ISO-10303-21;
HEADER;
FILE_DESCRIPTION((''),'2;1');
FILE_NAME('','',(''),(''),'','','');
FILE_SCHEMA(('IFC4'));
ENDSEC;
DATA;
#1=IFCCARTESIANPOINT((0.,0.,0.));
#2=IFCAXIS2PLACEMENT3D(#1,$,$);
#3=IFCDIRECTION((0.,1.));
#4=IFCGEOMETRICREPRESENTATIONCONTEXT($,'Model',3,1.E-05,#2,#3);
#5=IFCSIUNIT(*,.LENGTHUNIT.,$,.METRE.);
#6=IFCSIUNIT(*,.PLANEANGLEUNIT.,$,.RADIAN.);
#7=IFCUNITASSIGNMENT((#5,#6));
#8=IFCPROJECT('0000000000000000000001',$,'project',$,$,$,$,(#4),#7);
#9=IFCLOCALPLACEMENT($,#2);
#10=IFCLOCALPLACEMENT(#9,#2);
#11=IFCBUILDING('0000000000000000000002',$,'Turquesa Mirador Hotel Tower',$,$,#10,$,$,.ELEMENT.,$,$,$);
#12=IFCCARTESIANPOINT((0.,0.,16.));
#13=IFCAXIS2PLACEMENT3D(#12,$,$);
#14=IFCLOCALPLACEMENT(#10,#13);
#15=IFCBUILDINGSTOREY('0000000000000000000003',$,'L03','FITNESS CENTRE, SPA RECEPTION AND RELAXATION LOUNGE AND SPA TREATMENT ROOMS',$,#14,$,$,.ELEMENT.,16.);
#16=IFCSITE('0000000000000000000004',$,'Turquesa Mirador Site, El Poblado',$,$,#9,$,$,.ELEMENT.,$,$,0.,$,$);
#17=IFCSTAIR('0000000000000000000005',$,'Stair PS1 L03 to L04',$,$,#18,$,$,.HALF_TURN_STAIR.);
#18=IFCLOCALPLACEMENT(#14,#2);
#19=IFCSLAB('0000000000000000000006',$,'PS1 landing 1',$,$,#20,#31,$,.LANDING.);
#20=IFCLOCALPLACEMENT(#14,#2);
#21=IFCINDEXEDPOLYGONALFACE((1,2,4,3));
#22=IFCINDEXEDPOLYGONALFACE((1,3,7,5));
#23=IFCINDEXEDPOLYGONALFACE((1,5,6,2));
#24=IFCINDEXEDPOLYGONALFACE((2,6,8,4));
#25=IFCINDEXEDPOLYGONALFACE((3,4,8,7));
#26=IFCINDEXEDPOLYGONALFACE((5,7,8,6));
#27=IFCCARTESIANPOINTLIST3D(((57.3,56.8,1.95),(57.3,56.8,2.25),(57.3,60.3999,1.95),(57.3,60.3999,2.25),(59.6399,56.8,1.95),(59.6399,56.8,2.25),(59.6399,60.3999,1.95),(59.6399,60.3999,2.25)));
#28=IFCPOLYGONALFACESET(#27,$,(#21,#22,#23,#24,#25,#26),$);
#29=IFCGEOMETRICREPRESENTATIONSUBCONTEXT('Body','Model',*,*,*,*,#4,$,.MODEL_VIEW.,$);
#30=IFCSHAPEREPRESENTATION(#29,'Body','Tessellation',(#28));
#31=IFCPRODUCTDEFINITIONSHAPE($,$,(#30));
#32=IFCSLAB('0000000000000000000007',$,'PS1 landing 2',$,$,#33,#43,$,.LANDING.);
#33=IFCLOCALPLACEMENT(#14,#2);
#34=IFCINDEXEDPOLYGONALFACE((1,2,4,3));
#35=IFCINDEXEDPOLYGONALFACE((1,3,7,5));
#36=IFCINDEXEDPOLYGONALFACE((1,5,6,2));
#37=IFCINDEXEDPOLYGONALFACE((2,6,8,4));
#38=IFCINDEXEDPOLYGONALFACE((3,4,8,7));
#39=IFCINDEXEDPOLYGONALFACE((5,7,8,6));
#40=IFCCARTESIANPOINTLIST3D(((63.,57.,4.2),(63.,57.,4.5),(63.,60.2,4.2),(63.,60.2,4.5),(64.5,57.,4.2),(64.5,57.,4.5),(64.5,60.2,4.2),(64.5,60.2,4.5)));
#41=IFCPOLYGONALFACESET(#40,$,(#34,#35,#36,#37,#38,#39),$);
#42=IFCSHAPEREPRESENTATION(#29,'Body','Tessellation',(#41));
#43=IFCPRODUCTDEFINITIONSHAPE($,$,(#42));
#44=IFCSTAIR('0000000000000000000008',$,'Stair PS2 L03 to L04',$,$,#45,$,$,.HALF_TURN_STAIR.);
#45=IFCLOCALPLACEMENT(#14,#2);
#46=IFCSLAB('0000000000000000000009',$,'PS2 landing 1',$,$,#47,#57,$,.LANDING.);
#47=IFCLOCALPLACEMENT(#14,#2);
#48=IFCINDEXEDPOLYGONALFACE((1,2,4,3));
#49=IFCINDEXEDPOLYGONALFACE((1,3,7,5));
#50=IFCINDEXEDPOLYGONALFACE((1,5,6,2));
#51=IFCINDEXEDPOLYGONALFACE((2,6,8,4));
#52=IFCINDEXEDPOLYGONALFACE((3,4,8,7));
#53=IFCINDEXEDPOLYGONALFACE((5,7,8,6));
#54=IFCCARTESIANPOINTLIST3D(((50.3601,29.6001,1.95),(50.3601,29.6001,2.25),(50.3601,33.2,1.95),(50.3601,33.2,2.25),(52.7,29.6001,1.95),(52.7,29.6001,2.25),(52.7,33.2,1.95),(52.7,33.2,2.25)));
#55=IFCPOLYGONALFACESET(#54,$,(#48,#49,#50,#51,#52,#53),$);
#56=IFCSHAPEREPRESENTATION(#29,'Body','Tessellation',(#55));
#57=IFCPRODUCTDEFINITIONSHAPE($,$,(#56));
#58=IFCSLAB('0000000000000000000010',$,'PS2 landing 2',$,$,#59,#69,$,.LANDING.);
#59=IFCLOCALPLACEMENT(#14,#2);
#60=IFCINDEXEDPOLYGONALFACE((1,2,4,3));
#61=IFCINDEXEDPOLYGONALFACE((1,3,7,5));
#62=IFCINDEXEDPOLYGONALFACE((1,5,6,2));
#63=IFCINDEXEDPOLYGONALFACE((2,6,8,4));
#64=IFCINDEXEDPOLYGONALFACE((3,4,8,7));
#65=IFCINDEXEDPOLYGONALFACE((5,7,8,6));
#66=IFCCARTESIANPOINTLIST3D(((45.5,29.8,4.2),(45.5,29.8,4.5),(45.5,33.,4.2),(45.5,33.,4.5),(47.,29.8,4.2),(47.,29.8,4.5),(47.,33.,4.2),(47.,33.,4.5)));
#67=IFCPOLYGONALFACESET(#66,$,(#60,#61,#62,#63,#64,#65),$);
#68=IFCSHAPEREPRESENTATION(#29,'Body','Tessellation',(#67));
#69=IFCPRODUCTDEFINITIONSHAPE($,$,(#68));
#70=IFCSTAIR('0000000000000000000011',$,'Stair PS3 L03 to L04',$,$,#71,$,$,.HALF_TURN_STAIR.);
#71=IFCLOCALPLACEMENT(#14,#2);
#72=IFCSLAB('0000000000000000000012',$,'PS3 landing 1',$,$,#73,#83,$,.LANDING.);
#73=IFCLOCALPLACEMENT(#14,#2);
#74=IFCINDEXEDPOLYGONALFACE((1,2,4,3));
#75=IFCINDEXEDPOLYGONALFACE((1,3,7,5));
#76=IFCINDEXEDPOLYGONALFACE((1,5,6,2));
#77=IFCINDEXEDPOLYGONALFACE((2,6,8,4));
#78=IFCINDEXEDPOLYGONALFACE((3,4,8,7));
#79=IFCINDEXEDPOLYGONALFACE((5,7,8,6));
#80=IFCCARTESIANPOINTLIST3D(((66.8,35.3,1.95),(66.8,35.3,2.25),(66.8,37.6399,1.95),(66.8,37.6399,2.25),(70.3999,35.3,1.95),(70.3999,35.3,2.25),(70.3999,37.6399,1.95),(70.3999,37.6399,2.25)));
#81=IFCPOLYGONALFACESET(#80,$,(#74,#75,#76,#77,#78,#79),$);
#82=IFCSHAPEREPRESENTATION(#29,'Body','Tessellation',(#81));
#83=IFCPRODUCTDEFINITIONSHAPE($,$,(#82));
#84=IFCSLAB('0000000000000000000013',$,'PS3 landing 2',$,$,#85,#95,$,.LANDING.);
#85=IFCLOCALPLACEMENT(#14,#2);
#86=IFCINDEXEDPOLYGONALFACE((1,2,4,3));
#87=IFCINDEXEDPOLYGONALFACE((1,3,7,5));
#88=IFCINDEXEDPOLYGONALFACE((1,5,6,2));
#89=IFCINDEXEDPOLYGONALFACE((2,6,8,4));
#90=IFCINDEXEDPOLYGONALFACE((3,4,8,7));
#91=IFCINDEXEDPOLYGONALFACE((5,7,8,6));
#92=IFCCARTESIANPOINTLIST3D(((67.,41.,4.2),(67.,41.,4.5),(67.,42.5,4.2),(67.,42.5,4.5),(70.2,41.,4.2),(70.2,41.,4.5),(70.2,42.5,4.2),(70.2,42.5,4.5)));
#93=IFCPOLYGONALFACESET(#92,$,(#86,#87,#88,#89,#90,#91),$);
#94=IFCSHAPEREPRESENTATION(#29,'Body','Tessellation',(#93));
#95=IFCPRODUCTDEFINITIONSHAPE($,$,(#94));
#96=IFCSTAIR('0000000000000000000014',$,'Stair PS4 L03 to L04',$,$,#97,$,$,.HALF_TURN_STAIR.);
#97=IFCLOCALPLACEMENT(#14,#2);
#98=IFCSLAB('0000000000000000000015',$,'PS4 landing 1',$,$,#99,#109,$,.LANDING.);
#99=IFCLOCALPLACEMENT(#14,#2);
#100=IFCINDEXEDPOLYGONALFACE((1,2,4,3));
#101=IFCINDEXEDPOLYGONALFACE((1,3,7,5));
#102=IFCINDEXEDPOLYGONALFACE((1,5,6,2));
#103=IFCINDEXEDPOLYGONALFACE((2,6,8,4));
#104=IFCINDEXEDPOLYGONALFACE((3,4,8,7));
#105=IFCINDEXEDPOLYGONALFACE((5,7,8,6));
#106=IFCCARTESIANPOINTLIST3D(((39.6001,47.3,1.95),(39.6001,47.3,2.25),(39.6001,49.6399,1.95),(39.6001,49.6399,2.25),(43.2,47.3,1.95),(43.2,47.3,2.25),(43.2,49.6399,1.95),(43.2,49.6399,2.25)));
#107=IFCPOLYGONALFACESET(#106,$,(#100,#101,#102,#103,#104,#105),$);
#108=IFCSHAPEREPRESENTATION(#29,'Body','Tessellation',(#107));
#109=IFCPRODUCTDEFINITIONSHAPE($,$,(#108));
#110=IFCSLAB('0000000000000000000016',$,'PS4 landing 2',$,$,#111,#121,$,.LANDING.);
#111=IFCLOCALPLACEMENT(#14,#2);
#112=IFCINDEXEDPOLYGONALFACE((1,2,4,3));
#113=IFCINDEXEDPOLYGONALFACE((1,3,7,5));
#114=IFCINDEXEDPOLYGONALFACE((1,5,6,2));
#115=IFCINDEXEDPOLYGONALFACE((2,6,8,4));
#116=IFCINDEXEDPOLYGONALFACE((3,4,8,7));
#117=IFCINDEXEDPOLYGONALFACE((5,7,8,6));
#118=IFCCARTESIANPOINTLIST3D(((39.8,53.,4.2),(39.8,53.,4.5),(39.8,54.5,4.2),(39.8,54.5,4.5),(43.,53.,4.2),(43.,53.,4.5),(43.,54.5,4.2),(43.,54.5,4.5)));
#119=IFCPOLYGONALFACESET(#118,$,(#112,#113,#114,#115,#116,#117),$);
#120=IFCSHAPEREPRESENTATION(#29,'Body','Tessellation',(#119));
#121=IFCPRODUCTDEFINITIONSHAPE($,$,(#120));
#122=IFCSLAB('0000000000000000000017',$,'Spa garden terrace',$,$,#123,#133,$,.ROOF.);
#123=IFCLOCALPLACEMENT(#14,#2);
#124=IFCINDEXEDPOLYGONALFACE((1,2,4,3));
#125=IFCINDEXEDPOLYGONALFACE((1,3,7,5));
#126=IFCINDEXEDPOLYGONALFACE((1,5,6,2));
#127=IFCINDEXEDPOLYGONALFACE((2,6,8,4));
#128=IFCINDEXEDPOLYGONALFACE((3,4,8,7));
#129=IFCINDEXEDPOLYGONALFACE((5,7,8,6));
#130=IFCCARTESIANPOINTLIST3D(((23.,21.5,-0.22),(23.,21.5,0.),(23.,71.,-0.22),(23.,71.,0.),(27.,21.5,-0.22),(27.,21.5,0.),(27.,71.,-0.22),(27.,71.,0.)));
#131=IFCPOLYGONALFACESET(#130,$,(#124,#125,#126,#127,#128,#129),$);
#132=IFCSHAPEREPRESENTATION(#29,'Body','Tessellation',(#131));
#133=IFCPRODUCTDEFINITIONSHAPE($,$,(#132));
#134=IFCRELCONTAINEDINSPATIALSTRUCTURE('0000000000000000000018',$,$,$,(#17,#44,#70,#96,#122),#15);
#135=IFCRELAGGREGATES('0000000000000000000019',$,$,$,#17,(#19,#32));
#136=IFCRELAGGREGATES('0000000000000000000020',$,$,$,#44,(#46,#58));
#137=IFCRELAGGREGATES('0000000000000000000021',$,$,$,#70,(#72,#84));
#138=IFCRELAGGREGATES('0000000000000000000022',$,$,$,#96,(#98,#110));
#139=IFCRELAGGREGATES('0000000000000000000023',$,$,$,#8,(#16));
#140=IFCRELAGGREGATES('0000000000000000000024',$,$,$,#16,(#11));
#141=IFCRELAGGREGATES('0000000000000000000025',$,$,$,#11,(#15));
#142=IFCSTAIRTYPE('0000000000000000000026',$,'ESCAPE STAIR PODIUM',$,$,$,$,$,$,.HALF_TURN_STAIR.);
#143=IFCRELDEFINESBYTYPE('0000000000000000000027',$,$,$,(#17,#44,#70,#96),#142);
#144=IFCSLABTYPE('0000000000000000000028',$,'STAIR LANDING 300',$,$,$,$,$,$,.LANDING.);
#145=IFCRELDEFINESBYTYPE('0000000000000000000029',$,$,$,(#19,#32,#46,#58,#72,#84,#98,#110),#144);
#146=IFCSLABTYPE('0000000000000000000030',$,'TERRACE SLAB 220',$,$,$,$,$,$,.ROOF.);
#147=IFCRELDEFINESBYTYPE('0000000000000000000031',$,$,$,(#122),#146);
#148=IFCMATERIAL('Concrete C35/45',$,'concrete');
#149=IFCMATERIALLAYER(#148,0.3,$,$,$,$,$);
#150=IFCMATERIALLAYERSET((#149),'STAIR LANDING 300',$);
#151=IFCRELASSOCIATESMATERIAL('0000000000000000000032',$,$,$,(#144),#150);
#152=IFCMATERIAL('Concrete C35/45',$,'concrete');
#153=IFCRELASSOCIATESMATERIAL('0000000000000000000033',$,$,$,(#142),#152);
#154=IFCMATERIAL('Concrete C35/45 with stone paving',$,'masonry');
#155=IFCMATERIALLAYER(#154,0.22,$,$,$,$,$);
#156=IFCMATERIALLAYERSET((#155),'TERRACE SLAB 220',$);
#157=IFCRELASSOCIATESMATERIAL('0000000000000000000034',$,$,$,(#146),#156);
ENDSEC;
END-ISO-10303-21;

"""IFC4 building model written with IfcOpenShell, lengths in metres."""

from ifc_helpers import new_model, si_unit, direction, frame, origin, place, context, subcontext, project, spatial, polyline, outline, extrude, material, layer, layer_set, type_object, element, aggregate, save


model = new_model("IFC4")

# Units and contexts
model_context = context("Model", 3, precision=1e-05, world=origin(), true_north=direction((0.0, 1.0)))
body_context = subcontext(model_context, "Body", "Model", "MODEL_VIEW")
ifc_project = project(units=[si_unit("LENGTHUNIT", "METRE"), si_unit("PLANEANGLEUNIT", "RADIAN")], contexts=[model_context])

# Site, building, storey
site_placement = place(None, origin())
site = spatial("IfcSite", under=ifc_project, at=site_placement, Name="Turquesa Mirador Site, El Poblado", CompositionType="ELEMENT", RefElevation=0.0)
building_placement = place(site_placement, origin())
building = spatial("IfcBuilding", under=site, at=building_placement, Name="Turquesa Mirador Hotel Tower", CompositionType="ELEMENT")
storey_placement = place(building_placement, frame((0.0, 0.0, 16.0)))
storey = spatial("IfcBuildingStorey", under=building, at=storey_placement, Name="L03", Description="FITNESS CENTRE, SPA RECEPTION AND RELAXATION LOUNGE AND SPA TREATMENT ROOMS", CompositionType="ELEMENT", Elevation=16.0)

# Stairs, slabs
ifc_material_1 = material(Name="Concrete C35/45", Category="concrete")
ifc_layer_1 = layer(ifc_material_1, 0.3)
ifc_layer_set_1 = layer_set([ifc_layer_1], Name="STAIR LANDING 300")
slab_type_1 = type_object("IfcSlabType", Name="STAIR LANDING 300", PredefinedType="LANDING", material=ifc_layer_set_1)
ifc_material_2 = material(Name="Concrete C35/45", Category="concrete")
stair_type_1 = type_object("IfcStairType", Name="ESCAPE STAIR PODIUM", PredefinedType="HALF_TURN_STAIR", material=ifc_material_2)
stair_1_placement = place(storey_placement, origin())
stair_1 = element("IfcStair", 1, at=stair_1_placement, inside=storey, type_object=stair_type_1, Name="Stair PS1 L03 to L04", PredefinedType="HALF_TURN_STAIR")
slab_1_placement = place(storey_placement, frame((0.0, 0.0, 1.95)))
slab_1 = element("IfcSlab", 2, at=slab_1_placement, type_object=slab_type_1, Name="PS1 landing 1", PredefinedType="LANDING", context=body_context, shape_type="SweptSolid", body=[
    extrude(outline(polyline([(57.3, 56.8), (59.6399, 56.8), (59.6399, 60.3999), (57.3, 60.3999), (57.3, 56.8)])), origin(), (0.0, 0.0, 1.0), 0.3),
])
slab_2_placement = place(storey_placement, frame((0.0, 0.0, 4.2)))
slab_2 = element("IfcSlab", 3, at=slab_2_placement, type_object=slab_type_1, Name="PS1 landing 2", PredefinedType="LANDING", context=body_context, shape_type="SweptSolid", body=[
    extrude(outline(polyline([(63.0, 57.0), (64.5, 57.0), (64.5, 60.2), (63.0, 60.2), (63.0, 57.0)])), origin(), (0.0, 0.0, 1.0), 0.3),
])
aggregate(stair_1, [slab_1, slab_2])
stair_2_placement = place(storey_placement, origin())
stair_2 = element("IfcStair", 4, at=stair_2_placement, inside=storey, type_object=stair_type_1, Name="Stair PS2 L03 to L04", PredefinedType="HALF_TURN_STAIR")
slab_3_placement = place(storey_placement, frame((0.0, 0.0, 1.95)))
slab_3 = element("IfcSlab", 5, at=slab_3_placement, type_object=slab_type_1, Name="PS2 landing 1", PredefinedType="LANDING", context=body_context, shape_type="SweptSolid", body=[
    extrude(outline(polyline([(52.7, 33.2), (50.3601, 33.2), (50.3601, 29.6001), (52.7, 29.6001), (52.7, 33.2)])), origin(), (0.0, 0.0, 1.0), 0.3),
])
slab_4_placement = place(storey_placement, frame((0.0, 0.0, 4.2)))
slab_4 = element("IfcSlab", 6, at=slab_4_placement, type_object=slab_type_1, Name="PS2 landing 2", PredefinedType="LANDING", context=body_context, shape_type="SweptSolid", body=[
    extrude(outline(polyline([(47.0, 33.0), (45.5, 33.0), (45.5, 29.8), (47.0, 29.8), (47.0, 33.0)])), origin(), (0.0, 0.0, 1.0), 0.3),
])
aggregate(stair_2, [slab_3, slab_4])
stair_3_placement = place(storey_placement, origin())
stair_3 = element("IfcStair", 7, at=stair_3_placement, inside=storey, type_object=stair_type_1, Name="Stair PS3 L03 to L04", PredefinedType="HALF_TURN_STAIR")
slab_5_placement = place(storey_placement, frame((0.0, 0.0, 1.95)))
slab_5 = element("IfcSlab", 8, at=slab_5_placement, type_object=slab_type_1, Name="PS3 landing 1", PredefinedType="LANDING", context=body_context, shape_type="SweptSolid", body=[
    extrude(outline(polyline([(66.8, 35.3), (70.3999, 35.3), (70.3999, 37.6399), (66.8, 37.6399), (66.8, 35.3)])), origin(), (0.0, 0.0, 1.0), 0.3),
])
slab_6_placement = place(storey_placement, frame((0.0, 0.0, 4.2)))
slab_6 = element("IfcSlab", 9, at=slab_6_placement, type_object=slab_type_1, Name="PS3 landing 2", PredefinedType="LANDING", context=body_context, shape_type="SweptSolid", body=[
    extrude(outline(polyline([(67.0, 41.0), (70.2, 41.0), (70.2, 42.5), (67.0, 42.5), (67.0, 41.0)])), origin(), (0.0, 0.0, 1.0), 0.3),
])
aggregate(stair_3, [slab_5, slab_6])
stair_4_placement = place(storey_placement, origin())
stair_4 = element("IfcStair", 10, at=stair_4_placement, inside=storey, type_object=stair_type_1, Name="Stair PS4 L03 to L04", PredefinedType="HALF_TURN_STAIR")
slab_7_placement = place(storey_placement, frame((0.0, 0.0, 1.95)))
slab_7 = element("IfcSlab", 11, at=slab_7_placement, type_object=slab_type_1, Name="PS4 landing 1", PredefinedType="LANDING", context=body_context, shape_type="SweptSolid", body=[
    extrude(outline(polyline([(39.6001, 47.3), (43.2, 47.3), (43.2, 49.6399), (39.6001, 49.6399), (39.6001, 47.3)])), origin(), (0.0, 0.0, 1.0), 0.3),
])
slab_8_placement = place(storey_placement, frame((0.0, 0.0, 4.2)))
slab_8 = element("IfcSlab", 12, at=slab_8_placement, type_object=slab_type_1, Name="PS4 landing 2", PredefinedType="LANDING", context=body_context, shape_type="SweptSolid", body=[
    extrude(outline(polyline([(39.8, 53.0), (43.0, 53.0), (43.0, 54.5), (39.8, 54.5), (39.8, 53.0)])), origin(), (0.0, 0.0, 1.0), 0.3),
])
aggregate(stair_4, [slab_7, slab_8])

# Slab
ifc_material_3 = material(Name="Concrete C35/45 with stone paving", Category="masonry")
ifc_layer_2 = layer(ifc_material_3, 0.22)
ifc_layer_set_2 = layer_set([ifc_layer_2], Name="TERRACE SLAB 220")
slab_type_2 = type_object("IfcSlabType", Name="TERRACE SLAB 220", PredefinedType="ROOF", material=ifc_layer_set_2)
slab_9_placement = place(storey_placement, frame((0.0, 0.0, -0.22)))
element("IfcSlab", 13, at=slab_9_placement, inside=storey, type_object=slab_type_2, Name="Spa garden terrace", PredefinedType="ROOF", context=body_context, shape_type="SweptSolid", body=[
    extrude(outline(polyline([(23.0, 21.5), (23.0, 71.0), (27.0, 71.0), (27.0, 21.5), (23.0, 21.5)])), origin(), (0.0, 0.0, 1.0), 0.22),
])

save(model, "model.ifc")
